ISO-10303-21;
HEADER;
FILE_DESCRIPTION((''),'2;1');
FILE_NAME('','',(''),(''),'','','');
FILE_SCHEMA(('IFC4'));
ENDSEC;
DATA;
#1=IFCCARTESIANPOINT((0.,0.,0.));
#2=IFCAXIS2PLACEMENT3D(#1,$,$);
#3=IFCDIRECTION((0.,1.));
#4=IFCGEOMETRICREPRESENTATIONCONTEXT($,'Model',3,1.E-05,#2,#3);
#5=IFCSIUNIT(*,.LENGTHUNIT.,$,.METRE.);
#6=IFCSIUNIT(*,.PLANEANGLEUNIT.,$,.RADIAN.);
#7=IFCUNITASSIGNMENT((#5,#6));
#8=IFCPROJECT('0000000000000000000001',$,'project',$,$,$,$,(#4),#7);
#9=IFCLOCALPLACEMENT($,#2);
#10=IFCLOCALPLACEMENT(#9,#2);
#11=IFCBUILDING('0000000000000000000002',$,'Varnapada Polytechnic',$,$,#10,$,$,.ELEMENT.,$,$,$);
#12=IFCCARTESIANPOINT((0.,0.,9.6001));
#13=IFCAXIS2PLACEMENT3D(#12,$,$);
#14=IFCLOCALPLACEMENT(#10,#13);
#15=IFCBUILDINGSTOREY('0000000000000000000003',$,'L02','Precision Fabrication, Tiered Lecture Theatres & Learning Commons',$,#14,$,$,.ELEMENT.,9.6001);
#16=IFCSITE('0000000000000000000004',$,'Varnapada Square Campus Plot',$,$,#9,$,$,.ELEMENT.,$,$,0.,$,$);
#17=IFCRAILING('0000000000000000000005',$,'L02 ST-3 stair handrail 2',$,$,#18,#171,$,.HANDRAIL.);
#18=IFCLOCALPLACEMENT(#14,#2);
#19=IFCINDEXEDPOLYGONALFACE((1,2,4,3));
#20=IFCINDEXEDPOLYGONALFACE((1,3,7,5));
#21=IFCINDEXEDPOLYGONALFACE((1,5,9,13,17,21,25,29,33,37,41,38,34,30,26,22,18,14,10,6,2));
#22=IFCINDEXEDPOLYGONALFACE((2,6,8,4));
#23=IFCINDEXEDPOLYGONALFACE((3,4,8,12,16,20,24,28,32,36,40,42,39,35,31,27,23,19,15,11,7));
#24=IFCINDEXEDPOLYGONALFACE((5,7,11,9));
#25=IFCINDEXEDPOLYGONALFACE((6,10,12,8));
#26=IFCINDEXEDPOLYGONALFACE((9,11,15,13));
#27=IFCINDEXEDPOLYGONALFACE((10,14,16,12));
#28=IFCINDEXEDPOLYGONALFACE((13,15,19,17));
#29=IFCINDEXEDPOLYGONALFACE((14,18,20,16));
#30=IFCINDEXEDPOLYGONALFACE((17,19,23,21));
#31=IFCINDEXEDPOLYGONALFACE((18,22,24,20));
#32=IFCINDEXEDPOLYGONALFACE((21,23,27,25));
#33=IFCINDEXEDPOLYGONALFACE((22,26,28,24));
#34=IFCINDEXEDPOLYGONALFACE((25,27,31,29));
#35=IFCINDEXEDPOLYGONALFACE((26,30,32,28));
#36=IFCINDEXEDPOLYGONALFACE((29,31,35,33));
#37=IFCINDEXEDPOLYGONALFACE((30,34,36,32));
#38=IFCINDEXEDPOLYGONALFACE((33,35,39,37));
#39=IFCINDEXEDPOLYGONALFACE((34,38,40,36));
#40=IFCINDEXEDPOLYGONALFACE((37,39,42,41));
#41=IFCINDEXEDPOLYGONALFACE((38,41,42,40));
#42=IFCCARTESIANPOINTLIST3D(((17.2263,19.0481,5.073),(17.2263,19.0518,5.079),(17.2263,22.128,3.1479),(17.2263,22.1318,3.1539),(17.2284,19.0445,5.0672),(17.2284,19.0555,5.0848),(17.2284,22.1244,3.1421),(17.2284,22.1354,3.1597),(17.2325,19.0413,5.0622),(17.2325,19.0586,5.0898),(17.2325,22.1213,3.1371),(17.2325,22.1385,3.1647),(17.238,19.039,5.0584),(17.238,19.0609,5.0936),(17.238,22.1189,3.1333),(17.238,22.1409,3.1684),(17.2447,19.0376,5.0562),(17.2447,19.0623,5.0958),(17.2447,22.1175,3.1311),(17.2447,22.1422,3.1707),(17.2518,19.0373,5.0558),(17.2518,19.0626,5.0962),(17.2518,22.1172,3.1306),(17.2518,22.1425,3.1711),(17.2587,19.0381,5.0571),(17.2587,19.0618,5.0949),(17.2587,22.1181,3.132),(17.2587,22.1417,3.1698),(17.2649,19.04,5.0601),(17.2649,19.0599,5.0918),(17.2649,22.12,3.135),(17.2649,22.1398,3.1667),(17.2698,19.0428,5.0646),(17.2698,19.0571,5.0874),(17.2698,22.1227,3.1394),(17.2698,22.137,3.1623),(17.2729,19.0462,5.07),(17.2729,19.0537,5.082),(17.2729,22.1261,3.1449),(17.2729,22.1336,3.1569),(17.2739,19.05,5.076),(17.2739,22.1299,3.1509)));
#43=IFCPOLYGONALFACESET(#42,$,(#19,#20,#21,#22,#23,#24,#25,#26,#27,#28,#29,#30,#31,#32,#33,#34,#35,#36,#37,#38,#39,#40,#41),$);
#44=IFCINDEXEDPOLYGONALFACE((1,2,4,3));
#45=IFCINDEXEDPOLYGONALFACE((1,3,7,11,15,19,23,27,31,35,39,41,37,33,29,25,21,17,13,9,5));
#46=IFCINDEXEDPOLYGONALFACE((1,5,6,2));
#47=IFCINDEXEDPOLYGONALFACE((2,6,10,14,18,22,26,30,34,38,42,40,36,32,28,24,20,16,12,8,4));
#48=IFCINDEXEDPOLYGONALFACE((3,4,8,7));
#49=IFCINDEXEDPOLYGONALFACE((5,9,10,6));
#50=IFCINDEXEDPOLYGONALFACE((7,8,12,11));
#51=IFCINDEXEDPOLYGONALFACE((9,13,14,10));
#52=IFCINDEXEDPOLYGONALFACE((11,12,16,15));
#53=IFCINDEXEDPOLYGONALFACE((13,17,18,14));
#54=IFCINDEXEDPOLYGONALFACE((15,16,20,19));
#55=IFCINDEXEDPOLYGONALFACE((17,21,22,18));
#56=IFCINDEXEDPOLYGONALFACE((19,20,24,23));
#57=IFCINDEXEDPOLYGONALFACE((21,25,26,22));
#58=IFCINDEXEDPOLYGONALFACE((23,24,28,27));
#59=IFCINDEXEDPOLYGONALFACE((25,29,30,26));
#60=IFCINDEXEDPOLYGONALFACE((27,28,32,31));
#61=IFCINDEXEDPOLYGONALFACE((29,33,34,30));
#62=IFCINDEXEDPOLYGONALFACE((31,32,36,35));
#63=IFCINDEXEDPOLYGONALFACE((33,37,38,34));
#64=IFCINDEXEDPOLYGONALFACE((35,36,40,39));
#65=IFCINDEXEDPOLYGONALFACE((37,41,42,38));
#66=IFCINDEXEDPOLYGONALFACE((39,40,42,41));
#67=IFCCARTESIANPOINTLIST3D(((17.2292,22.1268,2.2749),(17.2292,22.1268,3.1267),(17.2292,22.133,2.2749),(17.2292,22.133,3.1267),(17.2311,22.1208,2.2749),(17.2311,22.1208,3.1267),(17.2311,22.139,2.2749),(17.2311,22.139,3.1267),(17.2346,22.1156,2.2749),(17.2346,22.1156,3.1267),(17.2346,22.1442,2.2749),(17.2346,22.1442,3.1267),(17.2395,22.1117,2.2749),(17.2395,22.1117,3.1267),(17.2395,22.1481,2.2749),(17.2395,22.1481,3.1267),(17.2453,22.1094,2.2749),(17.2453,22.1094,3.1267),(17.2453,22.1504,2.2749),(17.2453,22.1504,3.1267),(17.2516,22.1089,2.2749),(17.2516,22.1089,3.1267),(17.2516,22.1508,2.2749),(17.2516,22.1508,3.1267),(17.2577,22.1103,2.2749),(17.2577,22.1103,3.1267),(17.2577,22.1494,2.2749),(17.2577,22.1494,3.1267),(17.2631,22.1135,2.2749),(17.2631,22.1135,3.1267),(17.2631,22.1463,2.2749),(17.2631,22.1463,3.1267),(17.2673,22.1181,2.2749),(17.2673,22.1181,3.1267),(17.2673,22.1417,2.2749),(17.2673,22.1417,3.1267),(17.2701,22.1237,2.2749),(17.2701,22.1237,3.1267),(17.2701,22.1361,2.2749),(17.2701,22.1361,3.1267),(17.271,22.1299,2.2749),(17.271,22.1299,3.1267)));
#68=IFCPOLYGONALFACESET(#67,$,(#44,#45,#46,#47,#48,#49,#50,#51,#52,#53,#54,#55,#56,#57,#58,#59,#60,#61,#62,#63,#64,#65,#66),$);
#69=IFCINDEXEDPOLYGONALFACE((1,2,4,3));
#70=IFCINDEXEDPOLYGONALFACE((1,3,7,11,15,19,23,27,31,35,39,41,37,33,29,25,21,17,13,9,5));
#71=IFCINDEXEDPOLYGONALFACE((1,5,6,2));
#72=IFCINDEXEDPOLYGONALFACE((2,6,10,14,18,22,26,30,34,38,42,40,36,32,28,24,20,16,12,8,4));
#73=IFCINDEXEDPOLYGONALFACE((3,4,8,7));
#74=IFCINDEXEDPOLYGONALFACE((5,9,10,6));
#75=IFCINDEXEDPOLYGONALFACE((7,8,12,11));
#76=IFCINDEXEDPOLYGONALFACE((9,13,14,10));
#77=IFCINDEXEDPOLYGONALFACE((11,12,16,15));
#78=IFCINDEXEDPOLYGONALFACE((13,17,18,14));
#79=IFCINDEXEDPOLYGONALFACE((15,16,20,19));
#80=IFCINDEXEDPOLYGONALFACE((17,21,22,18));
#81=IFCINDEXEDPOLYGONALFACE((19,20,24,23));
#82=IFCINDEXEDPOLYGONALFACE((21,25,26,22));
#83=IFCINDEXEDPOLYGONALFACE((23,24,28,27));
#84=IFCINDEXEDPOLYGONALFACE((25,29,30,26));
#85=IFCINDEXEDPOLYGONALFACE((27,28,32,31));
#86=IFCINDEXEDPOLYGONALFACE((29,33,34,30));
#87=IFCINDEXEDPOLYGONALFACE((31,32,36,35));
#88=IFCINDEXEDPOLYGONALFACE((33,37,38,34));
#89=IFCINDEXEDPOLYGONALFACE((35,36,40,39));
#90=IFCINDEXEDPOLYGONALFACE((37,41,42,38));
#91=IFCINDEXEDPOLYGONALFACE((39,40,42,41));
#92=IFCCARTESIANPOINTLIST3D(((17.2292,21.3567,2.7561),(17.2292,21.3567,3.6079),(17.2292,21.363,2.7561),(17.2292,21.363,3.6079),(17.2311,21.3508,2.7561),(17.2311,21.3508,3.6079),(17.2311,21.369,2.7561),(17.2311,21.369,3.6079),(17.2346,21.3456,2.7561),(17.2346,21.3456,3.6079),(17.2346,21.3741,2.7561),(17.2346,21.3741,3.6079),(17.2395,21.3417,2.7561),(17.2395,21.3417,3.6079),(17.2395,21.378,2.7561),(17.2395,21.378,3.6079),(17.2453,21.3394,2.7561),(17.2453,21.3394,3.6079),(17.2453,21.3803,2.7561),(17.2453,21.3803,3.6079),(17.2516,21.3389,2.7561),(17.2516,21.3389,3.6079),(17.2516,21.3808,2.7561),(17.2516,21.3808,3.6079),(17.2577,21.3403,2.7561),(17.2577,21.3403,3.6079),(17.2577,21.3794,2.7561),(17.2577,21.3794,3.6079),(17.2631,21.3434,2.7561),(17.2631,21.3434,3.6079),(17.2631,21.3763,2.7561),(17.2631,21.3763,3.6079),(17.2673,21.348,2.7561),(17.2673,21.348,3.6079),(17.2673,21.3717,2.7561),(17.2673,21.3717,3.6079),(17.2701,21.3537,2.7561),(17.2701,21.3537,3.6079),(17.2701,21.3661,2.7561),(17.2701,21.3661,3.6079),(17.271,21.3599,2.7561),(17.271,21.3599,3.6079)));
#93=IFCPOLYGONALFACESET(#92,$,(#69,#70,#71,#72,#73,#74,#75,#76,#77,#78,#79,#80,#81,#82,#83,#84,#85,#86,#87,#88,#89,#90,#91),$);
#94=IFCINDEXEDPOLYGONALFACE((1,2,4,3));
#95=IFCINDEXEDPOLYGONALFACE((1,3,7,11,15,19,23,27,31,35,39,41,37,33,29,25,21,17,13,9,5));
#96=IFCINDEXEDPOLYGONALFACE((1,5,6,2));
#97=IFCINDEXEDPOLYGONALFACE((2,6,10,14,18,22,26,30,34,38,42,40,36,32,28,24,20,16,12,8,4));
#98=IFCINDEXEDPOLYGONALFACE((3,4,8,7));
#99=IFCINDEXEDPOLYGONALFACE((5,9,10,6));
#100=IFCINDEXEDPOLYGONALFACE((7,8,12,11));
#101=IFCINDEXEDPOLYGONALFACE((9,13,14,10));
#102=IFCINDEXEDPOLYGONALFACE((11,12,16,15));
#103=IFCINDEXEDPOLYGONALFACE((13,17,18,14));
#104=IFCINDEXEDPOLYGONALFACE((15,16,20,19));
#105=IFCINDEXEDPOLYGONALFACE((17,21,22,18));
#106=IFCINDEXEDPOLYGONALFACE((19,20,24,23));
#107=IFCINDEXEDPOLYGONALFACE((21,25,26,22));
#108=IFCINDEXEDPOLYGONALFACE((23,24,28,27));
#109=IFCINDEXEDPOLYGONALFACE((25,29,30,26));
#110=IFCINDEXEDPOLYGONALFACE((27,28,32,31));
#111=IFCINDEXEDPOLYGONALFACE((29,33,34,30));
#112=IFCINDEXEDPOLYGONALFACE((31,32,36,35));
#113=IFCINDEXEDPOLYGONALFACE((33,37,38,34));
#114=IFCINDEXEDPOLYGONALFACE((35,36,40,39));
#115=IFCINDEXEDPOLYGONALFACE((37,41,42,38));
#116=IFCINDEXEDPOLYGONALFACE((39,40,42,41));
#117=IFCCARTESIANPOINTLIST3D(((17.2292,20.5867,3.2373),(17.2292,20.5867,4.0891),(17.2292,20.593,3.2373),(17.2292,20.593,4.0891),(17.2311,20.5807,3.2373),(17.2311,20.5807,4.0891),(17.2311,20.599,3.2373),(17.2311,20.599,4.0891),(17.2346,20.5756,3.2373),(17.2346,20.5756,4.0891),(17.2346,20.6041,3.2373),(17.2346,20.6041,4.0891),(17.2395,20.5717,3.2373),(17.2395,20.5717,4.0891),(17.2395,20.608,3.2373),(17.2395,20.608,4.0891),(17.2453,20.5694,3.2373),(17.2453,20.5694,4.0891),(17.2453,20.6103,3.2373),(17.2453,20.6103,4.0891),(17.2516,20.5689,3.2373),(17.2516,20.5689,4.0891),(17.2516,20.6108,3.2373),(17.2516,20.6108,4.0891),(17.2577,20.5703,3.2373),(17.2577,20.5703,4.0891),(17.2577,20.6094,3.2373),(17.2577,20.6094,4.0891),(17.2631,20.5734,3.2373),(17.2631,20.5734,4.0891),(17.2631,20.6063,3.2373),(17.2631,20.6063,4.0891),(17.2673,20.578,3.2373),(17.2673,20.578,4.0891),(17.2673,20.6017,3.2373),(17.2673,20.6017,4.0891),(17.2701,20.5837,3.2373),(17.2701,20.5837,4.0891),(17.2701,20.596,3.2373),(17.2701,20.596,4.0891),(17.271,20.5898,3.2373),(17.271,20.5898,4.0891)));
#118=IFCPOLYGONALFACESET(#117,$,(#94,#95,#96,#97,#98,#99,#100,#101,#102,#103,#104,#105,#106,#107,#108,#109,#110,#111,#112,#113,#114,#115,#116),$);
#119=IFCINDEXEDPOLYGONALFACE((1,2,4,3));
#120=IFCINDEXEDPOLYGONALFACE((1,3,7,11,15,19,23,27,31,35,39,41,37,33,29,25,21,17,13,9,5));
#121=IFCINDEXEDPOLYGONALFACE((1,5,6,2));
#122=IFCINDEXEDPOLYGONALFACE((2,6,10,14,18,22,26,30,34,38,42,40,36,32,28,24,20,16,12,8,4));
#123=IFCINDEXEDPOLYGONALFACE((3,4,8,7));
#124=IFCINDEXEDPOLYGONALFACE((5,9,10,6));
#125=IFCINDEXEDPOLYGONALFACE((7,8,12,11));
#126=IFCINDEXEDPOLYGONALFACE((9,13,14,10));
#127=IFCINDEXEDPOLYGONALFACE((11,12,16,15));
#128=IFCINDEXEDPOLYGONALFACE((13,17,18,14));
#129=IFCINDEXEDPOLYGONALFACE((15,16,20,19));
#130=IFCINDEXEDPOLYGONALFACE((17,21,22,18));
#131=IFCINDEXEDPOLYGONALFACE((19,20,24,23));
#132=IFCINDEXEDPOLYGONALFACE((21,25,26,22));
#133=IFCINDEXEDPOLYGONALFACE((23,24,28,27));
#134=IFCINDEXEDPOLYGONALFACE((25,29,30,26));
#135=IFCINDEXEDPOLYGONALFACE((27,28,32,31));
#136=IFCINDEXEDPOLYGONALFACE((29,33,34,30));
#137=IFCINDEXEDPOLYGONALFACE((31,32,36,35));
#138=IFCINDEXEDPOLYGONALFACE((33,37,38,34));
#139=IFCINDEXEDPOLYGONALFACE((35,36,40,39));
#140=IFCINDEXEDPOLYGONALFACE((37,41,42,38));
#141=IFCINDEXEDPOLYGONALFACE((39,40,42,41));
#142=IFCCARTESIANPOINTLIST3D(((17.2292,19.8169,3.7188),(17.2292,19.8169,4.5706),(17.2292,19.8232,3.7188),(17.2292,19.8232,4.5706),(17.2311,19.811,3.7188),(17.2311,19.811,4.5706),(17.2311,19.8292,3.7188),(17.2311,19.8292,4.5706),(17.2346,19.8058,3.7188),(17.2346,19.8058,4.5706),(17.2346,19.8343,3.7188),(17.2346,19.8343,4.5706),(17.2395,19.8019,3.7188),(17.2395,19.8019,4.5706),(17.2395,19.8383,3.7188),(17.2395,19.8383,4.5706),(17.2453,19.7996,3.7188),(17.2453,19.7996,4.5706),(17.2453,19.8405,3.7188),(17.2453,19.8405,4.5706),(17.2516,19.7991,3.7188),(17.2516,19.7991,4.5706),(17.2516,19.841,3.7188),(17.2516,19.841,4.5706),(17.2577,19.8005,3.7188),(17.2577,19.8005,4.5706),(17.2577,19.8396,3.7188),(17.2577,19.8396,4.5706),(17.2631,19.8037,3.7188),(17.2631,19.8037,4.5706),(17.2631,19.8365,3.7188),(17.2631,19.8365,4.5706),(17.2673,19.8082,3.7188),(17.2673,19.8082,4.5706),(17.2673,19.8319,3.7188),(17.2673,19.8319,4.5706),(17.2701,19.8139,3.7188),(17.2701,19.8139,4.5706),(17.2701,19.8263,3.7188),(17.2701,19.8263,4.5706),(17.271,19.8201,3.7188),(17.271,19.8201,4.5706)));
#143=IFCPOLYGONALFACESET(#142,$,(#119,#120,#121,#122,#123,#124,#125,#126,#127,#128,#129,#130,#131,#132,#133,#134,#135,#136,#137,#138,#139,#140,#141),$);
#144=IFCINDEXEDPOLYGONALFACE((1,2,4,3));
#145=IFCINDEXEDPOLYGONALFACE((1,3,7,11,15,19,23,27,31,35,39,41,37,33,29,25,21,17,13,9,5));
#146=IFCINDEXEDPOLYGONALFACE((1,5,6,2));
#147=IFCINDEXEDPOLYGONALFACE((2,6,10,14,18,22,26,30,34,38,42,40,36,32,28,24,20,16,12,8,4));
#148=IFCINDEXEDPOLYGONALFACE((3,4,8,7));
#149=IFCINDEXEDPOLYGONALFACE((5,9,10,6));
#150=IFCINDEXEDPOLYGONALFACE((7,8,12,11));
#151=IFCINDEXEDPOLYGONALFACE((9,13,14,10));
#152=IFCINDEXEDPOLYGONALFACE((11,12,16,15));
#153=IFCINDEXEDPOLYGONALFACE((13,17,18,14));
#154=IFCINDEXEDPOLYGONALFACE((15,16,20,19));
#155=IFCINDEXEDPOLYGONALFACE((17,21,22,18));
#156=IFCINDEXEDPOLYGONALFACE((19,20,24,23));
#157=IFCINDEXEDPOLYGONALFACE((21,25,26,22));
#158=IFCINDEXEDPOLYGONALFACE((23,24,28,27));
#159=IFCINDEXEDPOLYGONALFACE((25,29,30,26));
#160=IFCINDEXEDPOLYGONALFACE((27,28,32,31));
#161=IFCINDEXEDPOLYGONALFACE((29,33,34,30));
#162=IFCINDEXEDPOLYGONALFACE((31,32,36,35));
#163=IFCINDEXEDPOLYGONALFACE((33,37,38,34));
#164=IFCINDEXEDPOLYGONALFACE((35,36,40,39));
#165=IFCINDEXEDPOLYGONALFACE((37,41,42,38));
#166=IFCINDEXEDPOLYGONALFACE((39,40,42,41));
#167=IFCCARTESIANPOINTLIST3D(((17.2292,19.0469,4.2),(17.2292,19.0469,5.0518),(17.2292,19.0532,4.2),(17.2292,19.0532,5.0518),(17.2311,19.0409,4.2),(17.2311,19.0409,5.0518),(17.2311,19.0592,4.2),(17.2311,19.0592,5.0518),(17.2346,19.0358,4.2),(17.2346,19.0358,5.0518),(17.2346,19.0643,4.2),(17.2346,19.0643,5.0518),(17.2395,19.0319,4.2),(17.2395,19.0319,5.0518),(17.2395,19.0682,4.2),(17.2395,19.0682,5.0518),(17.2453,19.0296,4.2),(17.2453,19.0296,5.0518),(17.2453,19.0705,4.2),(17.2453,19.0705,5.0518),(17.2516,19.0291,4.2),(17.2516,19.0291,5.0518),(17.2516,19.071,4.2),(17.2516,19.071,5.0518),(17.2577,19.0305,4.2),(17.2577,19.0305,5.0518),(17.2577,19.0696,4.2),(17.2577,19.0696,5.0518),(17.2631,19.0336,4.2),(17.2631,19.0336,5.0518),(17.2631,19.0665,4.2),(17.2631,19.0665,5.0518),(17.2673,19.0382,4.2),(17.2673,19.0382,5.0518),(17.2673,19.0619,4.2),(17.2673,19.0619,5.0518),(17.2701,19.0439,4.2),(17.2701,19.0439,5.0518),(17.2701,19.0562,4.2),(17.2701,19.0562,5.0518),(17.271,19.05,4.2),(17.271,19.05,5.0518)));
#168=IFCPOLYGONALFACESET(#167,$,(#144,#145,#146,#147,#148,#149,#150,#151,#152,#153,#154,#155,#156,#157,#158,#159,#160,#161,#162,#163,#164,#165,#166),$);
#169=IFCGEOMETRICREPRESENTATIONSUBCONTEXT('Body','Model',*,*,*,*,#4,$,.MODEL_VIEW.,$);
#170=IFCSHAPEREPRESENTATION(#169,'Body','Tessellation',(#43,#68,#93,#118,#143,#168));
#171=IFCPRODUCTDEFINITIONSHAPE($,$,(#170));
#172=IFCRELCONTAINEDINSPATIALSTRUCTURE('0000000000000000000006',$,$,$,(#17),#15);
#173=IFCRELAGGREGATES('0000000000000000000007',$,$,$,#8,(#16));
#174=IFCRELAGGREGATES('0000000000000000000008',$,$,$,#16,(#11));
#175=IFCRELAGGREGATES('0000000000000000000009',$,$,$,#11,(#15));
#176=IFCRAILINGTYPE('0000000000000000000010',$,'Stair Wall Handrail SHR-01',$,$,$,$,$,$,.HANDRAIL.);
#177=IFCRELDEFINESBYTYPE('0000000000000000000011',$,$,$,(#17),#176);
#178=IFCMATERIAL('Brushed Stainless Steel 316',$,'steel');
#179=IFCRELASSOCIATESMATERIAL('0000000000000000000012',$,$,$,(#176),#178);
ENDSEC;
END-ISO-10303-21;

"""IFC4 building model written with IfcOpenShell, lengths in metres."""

from ifc_helpers import new_model, si_unit, direction, frame, origin, origin_2d, place, context, subcontext, project, spatial, circle, extrude, material, type_object, element, save


model = new_model("IFC4")

# Units and contexts
model_context = context("Model", 3, precision=1e-05, world=origin(), true_north=direction((0.0, 1.0)))
body_context = subcontext(model_context, "Body", "Model", "MODEL_VIEW")
ifc_project = project(units=[si_unit("LENGTHUNIT", "METRE"), si_unit("PLANEANGLEUNIT", "RADIAN")], contexts=[model_context])

# Site, building, storey
site_placement = place(None, origin())
site = spatial("IfcSite", under=ifc_project, at=site_placement, Name="Varnapada Square Campus Plot", CompositionType="ELEMENT", RefElevation=0.0)
building_placement = place(site_placement, origin())
building = spatial("IfcBuilding", under=site, at=building_placement, Name="Varnapada Polytechnic", CompositionType="ELEMENT")
storey_placement = place(building_placement, frame((0.0, 0.0, 9.6001)))
storey = spatial("IfcBuildingStorey", under=building, at=storey_placement, Name="L02", Description="Precision Fabrication, Tiered Lecture Theatres & Learning Commons", CompositionType="ELEMENT", Elevation=9.6001)

# Shared definitions
ifc_material_1 = material(Name="Brushed Stainless Steel 316", Category="steel")

# Railing
railing_type_1 = type_object("IfcRailingType", Name="Stair Wall Handrail SHR-01", PredefinedType="HANDRAIL", material=ifc_material_1)
railing_1_placement = place(storey_placement, frame((17.25, 22.1299, 2.2749)))
element("IfcRailing", 1, at=railing_1_placement, inside=storey, type_object=railing_type_1, Name="L02 ST-3 stair handrail 2", PredefinedType="HANDRAIL", context=body_context, shape_type="SweptSolid", body=[
    extrude(circle(Radius=0.0239, at=origin_2d()), frame((0.0, 0.0, 0.876), z_axis=(0.0, -0.847979, 0.530029), x_axis=(1.0, 0.0, 0.0)), (0.0, 0.0, 1.0), 3.6321),
    extrude(circle(Radius=0.021, at=origin_2d()), origin(), (0.0, 0.0, 1.0), 0.8518),
    extrude(circle(Radius=0.021, at=origin_2d()), frame((0.0, -0.77, 0.4812)), (0.0, 0.0, 1.0), 0.8518),
    extrude(circle(Radius=0.021, at=origin_2d()), frame((0.0, -1.54, 0.9624)), (0.0, 0.0, 1.0), 0.8518),
    extrude(circle(Radius=0.021, at=origin_2d()), frame((0.0, -2.3098, 1.4438)), (0.0, 0.0, 1.0), 0.8518),
    extrude(circle(Radius=0.021, at=origin_2d()), frame((0.0, -3.0798, 1.925)), (0.0, 0.0, 1.0), 0.8518),
])

save(model, "model.ifc")
